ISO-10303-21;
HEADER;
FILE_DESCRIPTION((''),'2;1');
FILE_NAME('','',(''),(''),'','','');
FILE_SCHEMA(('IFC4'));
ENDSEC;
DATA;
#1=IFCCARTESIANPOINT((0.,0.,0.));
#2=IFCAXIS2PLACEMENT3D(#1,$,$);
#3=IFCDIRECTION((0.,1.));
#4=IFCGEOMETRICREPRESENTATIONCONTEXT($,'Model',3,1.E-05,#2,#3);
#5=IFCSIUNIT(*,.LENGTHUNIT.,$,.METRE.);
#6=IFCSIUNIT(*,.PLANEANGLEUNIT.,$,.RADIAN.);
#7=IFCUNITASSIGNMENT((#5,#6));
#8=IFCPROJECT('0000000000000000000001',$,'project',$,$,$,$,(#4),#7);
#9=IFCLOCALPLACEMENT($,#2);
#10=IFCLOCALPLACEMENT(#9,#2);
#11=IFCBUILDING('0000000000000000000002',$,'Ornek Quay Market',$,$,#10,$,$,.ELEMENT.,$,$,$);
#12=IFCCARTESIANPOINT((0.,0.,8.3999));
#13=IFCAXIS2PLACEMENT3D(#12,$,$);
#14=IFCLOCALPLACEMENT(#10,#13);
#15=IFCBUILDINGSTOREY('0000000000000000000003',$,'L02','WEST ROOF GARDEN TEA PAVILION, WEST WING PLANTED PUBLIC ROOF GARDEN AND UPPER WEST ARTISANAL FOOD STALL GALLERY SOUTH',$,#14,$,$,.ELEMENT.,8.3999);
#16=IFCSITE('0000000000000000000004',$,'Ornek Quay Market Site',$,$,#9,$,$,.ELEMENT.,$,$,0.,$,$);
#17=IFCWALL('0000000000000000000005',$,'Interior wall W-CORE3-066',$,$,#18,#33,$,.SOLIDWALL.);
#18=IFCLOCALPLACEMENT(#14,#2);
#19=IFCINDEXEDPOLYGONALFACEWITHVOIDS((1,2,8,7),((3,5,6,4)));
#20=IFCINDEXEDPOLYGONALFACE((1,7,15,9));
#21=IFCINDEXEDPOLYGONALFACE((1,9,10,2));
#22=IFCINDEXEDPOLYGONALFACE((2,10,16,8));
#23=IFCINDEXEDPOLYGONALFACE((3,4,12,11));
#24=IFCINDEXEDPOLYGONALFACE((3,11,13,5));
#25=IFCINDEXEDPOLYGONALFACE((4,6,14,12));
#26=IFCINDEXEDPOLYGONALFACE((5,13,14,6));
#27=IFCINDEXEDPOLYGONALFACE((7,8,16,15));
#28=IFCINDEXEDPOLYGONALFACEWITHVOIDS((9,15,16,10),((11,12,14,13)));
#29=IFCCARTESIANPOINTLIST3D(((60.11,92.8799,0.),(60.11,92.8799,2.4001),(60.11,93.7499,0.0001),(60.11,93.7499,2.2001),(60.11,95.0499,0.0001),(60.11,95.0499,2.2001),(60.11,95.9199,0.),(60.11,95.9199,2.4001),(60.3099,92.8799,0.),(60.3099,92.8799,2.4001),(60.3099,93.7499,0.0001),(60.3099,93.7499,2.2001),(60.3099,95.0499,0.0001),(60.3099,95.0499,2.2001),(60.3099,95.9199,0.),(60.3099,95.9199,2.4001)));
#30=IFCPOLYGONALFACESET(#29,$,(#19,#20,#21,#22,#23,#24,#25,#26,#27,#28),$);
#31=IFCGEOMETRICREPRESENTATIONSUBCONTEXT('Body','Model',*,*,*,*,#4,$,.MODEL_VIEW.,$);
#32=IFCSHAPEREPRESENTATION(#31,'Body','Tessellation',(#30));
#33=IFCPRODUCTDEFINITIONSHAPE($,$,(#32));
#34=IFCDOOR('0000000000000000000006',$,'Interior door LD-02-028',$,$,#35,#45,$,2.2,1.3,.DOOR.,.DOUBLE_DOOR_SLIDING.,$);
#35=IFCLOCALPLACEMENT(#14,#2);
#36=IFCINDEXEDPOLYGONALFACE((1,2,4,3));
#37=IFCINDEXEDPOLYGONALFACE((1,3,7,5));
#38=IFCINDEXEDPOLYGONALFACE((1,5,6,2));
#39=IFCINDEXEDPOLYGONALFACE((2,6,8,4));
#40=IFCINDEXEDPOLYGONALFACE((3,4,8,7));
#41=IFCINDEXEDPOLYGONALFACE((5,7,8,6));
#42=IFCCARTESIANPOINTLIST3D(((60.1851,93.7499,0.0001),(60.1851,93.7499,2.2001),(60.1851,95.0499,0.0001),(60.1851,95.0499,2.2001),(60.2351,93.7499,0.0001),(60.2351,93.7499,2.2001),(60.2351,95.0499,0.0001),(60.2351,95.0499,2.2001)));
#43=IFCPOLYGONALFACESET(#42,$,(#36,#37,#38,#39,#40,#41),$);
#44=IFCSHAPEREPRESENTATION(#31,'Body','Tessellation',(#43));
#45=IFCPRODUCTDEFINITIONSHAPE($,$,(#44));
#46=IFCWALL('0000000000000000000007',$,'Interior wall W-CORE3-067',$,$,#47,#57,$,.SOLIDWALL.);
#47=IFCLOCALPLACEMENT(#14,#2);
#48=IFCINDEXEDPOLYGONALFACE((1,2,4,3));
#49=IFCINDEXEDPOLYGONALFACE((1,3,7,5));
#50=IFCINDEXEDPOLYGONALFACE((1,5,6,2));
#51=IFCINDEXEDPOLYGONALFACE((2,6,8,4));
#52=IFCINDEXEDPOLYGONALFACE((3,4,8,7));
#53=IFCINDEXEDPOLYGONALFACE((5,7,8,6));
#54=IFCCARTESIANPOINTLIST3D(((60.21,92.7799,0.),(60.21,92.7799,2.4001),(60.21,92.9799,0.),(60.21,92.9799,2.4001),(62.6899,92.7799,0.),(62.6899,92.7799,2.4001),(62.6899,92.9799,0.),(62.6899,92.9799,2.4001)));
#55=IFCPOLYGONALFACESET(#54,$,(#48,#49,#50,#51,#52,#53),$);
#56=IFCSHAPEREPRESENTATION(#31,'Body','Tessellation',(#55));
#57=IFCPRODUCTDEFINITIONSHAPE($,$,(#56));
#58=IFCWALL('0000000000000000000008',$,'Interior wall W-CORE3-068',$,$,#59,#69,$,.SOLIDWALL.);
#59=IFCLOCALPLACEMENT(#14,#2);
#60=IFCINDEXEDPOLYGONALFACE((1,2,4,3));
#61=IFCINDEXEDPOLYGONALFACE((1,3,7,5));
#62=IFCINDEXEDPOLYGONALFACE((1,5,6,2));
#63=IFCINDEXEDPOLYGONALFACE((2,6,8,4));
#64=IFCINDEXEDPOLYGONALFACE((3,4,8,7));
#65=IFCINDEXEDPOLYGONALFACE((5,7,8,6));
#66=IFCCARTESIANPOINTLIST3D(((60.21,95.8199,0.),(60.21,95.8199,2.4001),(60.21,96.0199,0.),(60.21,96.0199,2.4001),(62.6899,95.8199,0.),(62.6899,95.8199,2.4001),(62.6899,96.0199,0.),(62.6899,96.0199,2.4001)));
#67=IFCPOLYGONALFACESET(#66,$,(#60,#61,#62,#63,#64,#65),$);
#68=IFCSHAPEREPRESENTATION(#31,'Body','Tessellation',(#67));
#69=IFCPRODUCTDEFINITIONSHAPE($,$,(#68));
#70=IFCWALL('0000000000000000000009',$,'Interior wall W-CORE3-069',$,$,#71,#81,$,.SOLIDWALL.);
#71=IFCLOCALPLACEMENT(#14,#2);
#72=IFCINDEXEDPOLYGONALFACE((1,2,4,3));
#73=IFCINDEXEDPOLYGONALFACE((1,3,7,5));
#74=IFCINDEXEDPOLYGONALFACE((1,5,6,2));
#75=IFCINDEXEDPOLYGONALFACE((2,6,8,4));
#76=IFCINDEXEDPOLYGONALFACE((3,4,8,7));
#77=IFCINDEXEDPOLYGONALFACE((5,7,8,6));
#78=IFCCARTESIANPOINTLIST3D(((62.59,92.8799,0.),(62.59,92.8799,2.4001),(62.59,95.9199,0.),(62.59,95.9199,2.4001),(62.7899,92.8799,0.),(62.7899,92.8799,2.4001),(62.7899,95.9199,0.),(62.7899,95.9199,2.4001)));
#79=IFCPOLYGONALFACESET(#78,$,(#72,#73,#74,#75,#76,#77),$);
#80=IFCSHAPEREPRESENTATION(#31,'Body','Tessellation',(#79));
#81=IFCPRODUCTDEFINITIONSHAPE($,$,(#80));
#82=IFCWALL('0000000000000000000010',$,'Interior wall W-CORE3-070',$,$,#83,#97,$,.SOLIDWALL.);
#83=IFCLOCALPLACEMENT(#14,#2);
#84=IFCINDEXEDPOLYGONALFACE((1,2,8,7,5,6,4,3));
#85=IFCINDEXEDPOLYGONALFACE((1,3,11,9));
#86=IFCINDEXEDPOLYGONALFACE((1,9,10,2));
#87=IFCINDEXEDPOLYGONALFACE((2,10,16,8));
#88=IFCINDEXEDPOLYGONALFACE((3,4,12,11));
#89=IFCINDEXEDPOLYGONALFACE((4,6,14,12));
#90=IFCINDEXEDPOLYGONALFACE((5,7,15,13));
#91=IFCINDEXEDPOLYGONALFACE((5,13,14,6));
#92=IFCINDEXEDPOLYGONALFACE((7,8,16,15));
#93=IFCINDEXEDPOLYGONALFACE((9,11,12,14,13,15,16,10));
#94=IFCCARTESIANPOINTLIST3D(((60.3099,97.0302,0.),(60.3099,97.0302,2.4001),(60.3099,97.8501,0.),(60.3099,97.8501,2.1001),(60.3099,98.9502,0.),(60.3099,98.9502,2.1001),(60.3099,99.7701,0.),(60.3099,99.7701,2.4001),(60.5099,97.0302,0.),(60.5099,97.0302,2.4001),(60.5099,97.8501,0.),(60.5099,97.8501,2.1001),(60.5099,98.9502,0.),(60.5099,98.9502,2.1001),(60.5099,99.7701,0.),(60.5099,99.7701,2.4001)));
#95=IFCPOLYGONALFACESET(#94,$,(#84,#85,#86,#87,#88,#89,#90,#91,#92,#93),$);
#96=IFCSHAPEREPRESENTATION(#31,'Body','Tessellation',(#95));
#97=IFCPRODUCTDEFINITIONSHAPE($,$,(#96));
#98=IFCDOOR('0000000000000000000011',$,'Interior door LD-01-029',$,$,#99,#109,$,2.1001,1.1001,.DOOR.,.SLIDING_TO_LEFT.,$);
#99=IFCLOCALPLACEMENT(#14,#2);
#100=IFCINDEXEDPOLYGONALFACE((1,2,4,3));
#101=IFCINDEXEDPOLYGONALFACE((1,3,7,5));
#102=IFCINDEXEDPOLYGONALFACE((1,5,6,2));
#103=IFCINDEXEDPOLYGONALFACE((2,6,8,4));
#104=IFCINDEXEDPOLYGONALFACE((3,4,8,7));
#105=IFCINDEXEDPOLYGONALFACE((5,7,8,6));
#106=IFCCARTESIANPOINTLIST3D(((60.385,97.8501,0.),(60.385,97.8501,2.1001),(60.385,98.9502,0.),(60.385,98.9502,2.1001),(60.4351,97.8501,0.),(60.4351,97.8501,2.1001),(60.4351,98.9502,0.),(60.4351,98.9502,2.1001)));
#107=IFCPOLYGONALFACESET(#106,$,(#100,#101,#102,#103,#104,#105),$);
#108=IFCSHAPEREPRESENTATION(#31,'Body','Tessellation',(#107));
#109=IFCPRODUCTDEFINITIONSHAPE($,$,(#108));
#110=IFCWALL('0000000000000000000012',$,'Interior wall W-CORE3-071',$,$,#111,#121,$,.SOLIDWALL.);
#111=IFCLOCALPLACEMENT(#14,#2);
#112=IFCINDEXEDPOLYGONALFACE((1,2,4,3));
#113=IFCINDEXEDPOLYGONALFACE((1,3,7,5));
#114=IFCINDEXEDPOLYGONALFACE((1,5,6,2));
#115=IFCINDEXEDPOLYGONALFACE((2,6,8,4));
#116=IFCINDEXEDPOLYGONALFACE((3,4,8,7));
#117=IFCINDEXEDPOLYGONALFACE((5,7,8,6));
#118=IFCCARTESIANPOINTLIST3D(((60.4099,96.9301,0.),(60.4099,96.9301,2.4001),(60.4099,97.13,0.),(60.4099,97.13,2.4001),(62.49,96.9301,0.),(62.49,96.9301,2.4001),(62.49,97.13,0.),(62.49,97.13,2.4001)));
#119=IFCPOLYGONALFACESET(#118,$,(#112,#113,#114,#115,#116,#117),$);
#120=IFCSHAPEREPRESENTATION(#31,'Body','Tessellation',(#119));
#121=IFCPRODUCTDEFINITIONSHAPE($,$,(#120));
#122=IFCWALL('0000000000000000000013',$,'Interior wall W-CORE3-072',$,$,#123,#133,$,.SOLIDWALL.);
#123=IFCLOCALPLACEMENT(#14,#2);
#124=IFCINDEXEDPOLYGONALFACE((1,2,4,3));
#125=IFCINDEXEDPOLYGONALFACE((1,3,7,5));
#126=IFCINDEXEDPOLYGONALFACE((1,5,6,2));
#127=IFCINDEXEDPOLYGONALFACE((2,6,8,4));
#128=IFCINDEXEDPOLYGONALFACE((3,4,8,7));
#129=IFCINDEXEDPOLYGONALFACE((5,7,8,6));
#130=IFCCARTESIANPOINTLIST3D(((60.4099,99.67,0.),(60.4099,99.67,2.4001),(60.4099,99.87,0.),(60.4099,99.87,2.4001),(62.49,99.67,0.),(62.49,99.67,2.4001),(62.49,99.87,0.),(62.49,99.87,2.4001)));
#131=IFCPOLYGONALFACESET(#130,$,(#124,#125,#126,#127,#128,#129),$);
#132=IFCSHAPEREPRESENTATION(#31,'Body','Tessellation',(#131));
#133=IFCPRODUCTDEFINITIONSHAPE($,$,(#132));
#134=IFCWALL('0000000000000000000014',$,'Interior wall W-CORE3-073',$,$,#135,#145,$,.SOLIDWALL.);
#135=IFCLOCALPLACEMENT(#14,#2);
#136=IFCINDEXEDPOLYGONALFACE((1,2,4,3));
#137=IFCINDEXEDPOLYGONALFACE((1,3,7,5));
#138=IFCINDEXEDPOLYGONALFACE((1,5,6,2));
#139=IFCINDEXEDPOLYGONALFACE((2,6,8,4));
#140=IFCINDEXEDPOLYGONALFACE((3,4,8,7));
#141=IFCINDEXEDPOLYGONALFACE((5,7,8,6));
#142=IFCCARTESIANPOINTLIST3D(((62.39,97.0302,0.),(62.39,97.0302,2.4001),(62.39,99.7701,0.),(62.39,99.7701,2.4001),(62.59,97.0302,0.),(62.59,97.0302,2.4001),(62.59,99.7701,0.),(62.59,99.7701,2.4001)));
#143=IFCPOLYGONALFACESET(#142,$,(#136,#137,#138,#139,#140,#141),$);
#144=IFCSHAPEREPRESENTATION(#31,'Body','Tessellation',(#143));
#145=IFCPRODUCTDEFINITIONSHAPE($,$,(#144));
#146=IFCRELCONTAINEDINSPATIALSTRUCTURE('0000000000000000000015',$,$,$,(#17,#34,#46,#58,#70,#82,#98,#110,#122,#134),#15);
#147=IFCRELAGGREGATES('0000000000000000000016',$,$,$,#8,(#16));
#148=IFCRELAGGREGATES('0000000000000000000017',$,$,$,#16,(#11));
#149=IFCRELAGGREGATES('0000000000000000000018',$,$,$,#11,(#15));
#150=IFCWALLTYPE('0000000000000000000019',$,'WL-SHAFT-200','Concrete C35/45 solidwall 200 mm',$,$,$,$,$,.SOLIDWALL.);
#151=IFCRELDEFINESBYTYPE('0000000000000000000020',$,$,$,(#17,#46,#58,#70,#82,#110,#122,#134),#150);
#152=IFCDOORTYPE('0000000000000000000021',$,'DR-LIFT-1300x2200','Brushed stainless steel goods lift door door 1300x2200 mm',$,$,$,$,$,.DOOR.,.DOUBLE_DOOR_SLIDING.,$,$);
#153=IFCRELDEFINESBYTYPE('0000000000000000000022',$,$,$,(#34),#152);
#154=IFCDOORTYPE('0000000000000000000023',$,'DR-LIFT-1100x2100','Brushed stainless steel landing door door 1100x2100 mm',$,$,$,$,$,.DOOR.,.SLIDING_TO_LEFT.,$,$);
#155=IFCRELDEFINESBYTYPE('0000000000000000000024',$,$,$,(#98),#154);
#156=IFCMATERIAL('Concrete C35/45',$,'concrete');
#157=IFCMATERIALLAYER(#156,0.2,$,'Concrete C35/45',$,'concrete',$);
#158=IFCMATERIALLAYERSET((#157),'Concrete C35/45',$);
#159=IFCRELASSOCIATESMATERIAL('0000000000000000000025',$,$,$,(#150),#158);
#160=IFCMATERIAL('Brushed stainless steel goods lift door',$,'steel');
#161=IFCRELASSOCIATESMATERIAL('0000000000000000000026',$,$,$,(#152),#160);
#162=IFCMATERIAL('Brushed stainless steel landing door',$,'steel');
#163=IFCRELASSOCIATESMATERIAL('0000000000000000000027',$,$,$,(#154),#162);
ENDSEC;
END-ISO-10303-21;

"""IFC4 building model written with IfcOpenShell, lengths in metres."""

from ifc_helpers import new_model, si_unit, direction, frame, frame_2d, origin, place, context, subcontext, project, spatial, rectangle, extrude, material, layer, layer_set, type_object, element, fill, save


model = new_model("IFC4")

# Units and contexts
model_context = context("Model", 3, precision=1e-05, world=origin(), true_north=direction((0.0, 1.0)))
body_context = subcontext(model_context, "Body", "Model", "MODEL_VIEW")
ifc_project = project(units=[si_unit("LENGTHUNIT", "METRE"), si_unit("PLANEANGLEUNIT", "RADIAN")], contexts=[model_context])

# Site, building, storey
site_placement = place(None, origin())
site = spatial("IfcSite", under=ifc_project, at=site_placement, Name="Ornek Quay Market Site", CompositionType="ELEMENT", RefElevation=0.0)
building_placement = place(site_placement, origin())
building = spatial("IfcBuilding", under=site, at=building_placement, Name="Ornek Quay Market", CompositionType="ELEMENT")
storey_placement = place(building_placement, frame((0.0, 0.0, 8.3999)))
storey = spatial("IfcBuildingStorey", under=building, at=storey_placement, Name="L02", Description="WEST ROOF GARDEN TEA PAVILION, WEST WING PLANTED PUBLIC ROOF GARDEN AND UPPER WEST ARTISANAL FOOD STALL GALLERY SOUTH", CompositionType="ELEMENT", Elevation=8.3999)

# Wall, opening, door
ifc_material_1 = material(Name="Concrete C35/45", Category="concrete")
ifc_layer_1 = layer(ifc_material_1, 0.2, Name="Concrete C35/45", Category="concrete")
ifc_layer_set_1 = layer_set([ifc_layer_1], Name="Concrete C35/45")
wall_type_1 = type_object("IfcWallType", Name="WL-SHAFT-200", Description="Concrete C35/45 solidwall 200 mm", PredefinedType="SOLIDWALL", material=ifc_layer_set_1)
wall_1_placement = place(storey_placement, frame((60.21, 92.8799, 0.0), z_axis=(0.0, 0.0, 1.0), x_axis=(0.0, 1.0, 0.0)))
wall_1 = element("IfcWall", 1, at=wall_1_placement, inside=storey, type_object=wall_type_1, Name="Interior wall W-CORE3-066", PredefinedType="SOLIDWALL", context=body_context, shape_type="SweptSolid", body=[
    extrude(rectangle(XDim=3.04, YDim=0.2, at=frame_2d((1.52, 0.0))), origin(), (0.0, 0.0, 1.0), 2.4001),
])
opening_1_placement = place(wall_1_placement, frame((0.8701, 0.0, 0.0)))
opening_1 = element("IfcOpeningElement", 2, at=opening_1_placement, cuts=wall_1, PredefinedType="OPENING", context=body_context, shape_type="SweptSolid", body=[
    extrude(rectangle(XDim=1.3, YDim=2.2, at=frame_2d((0.6499, 1.1001))), frame((0.0, 0.1099, 0.0), z_axis=(0.0, -1.0, 0.0), x_axis=(1.0, 0.0, 0.0)), (0.0, 0.0, 1.0), 0.22),
])
ifc_material_2 = material(Name="Brushed stainless steel goods lift door", Category="steel")
door_type_1 = type_object("IfcDoorType", Name="DR-LIFT-1300x2200", Description="Brushed stainless steel goods lift door door 1300x2200 mm", OperationType="DOUBLE_DOOR_SLIDING", PredefinedType="DOOR", material=ifc_material_2)
door_1_placement = place(opening_1_placement, origin())
door_1 = element("IfcDoor", 3, at=door_1_placement, inside=storey, type_object=door_type_1, Name="Interior door LD-02-028", OperationType="DOUBLE_DOOR_SLIDING", OverallHeight=2.2, OverallWidth=1.3, PredefinedType="DOOR", context=body_context, shape_type="SweptSolid", body=[
    extrude(rectangle(XDim=1.3, YDim=2.2, at=frame_2d((0.6499, 1.1001))), frame((0.0, 0.0249, 0.0), z_axis=(0.0, -1.0, 0.0), x_axis=(1.0, 0.0, 0.0)), (0.0, 0.0, 1.0), 0.05),
])
fill(opening_1, door_1)

# Walls
for number, where, z_axis, x_axis, name in (
    (4, (60.21, 92.8799, 0.0), (0.0, 0.0, 1.0), (1.0, 0.0, 0.0), "Interior wall W-CORE3-067"),
    (5, (60.21, 95.9199, 0.0), (0.0, 0.0, 1.0), (1.0, 0.0, 0.0), "Interior wall W-CORE3-068"),
):
    element("IfcWall", number, at=place(storey_placement, frame(where, z_axis=z_axis, x_axis=x_axis)), inside=storey, type_object=wall_type_1, Name=name, PredefinedType="SOLIDWALL", context=body_context, shape_type="SweptSolid", body=[
        extrude(rectangle(XDim=2.48, YDim=0.2, at=frame_2d((1.24, 0.0))), origin(), (0.0, 0.0, 1.0), 2.4001),
    ])
wall_2_placement = place(storey_placement, frame((62.6899, 92.8799, 0.0), z_axis=(0.0, 0.0, 1.0), x_axis=(0.0, 1.0, 0.0)))
element("IfcWall", 6, at=wall_2_placement, inside=storey, type_object=wall_type_1, Name="Interior wall W-CORE3-069", PredefinedType="SOLIDWALL", context=body_context, shape_type="SweptSolid", body=[
    extrude(rectangle(XDim=3.04, YDim=0.2, at=frame_2d((1.52, 0.0))), origin(), (0.0, 0.0, 1.0), 2.4001),
])

# Wall, opening, door
wall_3_placement = place(storey_placement, frame((60.4099, 97.03, 0.0), z_axis=(0.0, 0.0, 1.0), x_axis=(0.0, 1.0, 0.0)))
wall_3 = element("IfcWall", 7, at=wall_3_placement, inside=storey, type_object=wall_type_1, Name="Interior wall W-CORE3-070", PredefinedType="SOLIDWALL", context=body_context, shape_type="SweptSolid", body=[
    extrude(rectangle(XDim=2.74, YDim=0.2, at=frame_2d((1.3701, 0.0))), origin(), (0.0, 0.0, 1.0), 2.4001),
])
opening_2_placement = place(wall_3_placement, frame((0.8201, 0.0, 0.0)))
opening_2 = element("IfcOpeningElement", 8, at=opening_2_placement, cuts=wall_3, PredefinedType="OPENING", context=body_context, shape_type="SweptSolid", body=[
    extrude(rectangle(XDim=1.1001, YDim=2.1001, at=frame_2d((0.55, 1.05))), frame((0.0, 0.1099, 0.0), z_axis=(0.0, -1.0, 0.0), x_axis=(1.0, 0.0, 0.0)), (0.0, 0.0, 1.0), 0.22),
])
ifc_material_3 = material(Name="Brushed stainless steel landing door", Category="steel")
door_type_2 = type_object("IfcDoorType", Name="DR-LIFT-1100x2100", Description="Brushed stainless steel landing door door 1100x2100 mm", OperationType="SLIDING_TO_LEFT", PredefinedType="DOOR", material=ifc_material_3)
door_2_placement = place(opening_2_placement, origin())
door_2 = element("IfcDoor", 9, at=door_2_placement, inside=storey, type_object=door_type_2, Name="Interior door LD-01-029", OperationType="SLIDING_TO_LEFT", OverallHeight=2.1001, OverallWidth=1.1001, PredefinedType="DOOR", context=body_context, shape_type="SweptSolid", body=[
    extrude(rectangle(XDim=1.1001, YDim=2.1001, at=frame_2d((0.55, 1.05))), frame((0.0, 0.0249, 0.0), z_axis=(0.0, -1.0, 0.0), x_axis=(1.0, 0.0, 0.0)), (0.0, 0.0, 1.0), 0.05),
])
fill(opening_2, door_2)

# Walls
for number, where, z_axis, x_axis, name in (
    (10, (60.4099, 97.03, 0.0), (0.0, 0.0, 1.0), (1.0, 0.0, 0.0), "Interior wall W-CORE3-071"),
    (11, (60.4099, 99.77, 0.0), (0.0, 0.0, 1.0), (1.0, 0.0, 0.0), "Interior wall W-CORE3-072"),
):
    element("IfcWall", number, at=place(storey_placement, frame(where, z_axis=z_axis, x_axis=x_axis)), inside=storey, type_object=wall_type_1, Name=name, PredefinedType="SOLIDWALL", context=body_context, shape_type="SweptSolid", body=[
        extrude(rectangle(XDim=2.0801, YDim=0.2, at=frame_2d((1.04, 0.0))), origin(), (0.0, 0.0, 1.0), 2.4001),
    ])
wall_4_placement = place(storey_placement, frame((62.49, 97.03, 0.0), z_axis=(0.0, 0.0, 1.0), x_axis=(0.0, 1.0, 0.0)))
element("IfcWall", 12, at=wall_4_placement, inside=storey, type_object=wall_type_1, Name="Interior wall W-CORE3-073", PredefinedType="SOLIDWALL", context=body_context, shape_type="SweptSolid", body=[
    extrude(rectangle(XDim=2.74, YDim=0.2, at=frame_2d((1.3701, 0.0))), origin(), (0.0, 0.0, 1.0), 2.4001),
])

save(model, "model.ifc")
